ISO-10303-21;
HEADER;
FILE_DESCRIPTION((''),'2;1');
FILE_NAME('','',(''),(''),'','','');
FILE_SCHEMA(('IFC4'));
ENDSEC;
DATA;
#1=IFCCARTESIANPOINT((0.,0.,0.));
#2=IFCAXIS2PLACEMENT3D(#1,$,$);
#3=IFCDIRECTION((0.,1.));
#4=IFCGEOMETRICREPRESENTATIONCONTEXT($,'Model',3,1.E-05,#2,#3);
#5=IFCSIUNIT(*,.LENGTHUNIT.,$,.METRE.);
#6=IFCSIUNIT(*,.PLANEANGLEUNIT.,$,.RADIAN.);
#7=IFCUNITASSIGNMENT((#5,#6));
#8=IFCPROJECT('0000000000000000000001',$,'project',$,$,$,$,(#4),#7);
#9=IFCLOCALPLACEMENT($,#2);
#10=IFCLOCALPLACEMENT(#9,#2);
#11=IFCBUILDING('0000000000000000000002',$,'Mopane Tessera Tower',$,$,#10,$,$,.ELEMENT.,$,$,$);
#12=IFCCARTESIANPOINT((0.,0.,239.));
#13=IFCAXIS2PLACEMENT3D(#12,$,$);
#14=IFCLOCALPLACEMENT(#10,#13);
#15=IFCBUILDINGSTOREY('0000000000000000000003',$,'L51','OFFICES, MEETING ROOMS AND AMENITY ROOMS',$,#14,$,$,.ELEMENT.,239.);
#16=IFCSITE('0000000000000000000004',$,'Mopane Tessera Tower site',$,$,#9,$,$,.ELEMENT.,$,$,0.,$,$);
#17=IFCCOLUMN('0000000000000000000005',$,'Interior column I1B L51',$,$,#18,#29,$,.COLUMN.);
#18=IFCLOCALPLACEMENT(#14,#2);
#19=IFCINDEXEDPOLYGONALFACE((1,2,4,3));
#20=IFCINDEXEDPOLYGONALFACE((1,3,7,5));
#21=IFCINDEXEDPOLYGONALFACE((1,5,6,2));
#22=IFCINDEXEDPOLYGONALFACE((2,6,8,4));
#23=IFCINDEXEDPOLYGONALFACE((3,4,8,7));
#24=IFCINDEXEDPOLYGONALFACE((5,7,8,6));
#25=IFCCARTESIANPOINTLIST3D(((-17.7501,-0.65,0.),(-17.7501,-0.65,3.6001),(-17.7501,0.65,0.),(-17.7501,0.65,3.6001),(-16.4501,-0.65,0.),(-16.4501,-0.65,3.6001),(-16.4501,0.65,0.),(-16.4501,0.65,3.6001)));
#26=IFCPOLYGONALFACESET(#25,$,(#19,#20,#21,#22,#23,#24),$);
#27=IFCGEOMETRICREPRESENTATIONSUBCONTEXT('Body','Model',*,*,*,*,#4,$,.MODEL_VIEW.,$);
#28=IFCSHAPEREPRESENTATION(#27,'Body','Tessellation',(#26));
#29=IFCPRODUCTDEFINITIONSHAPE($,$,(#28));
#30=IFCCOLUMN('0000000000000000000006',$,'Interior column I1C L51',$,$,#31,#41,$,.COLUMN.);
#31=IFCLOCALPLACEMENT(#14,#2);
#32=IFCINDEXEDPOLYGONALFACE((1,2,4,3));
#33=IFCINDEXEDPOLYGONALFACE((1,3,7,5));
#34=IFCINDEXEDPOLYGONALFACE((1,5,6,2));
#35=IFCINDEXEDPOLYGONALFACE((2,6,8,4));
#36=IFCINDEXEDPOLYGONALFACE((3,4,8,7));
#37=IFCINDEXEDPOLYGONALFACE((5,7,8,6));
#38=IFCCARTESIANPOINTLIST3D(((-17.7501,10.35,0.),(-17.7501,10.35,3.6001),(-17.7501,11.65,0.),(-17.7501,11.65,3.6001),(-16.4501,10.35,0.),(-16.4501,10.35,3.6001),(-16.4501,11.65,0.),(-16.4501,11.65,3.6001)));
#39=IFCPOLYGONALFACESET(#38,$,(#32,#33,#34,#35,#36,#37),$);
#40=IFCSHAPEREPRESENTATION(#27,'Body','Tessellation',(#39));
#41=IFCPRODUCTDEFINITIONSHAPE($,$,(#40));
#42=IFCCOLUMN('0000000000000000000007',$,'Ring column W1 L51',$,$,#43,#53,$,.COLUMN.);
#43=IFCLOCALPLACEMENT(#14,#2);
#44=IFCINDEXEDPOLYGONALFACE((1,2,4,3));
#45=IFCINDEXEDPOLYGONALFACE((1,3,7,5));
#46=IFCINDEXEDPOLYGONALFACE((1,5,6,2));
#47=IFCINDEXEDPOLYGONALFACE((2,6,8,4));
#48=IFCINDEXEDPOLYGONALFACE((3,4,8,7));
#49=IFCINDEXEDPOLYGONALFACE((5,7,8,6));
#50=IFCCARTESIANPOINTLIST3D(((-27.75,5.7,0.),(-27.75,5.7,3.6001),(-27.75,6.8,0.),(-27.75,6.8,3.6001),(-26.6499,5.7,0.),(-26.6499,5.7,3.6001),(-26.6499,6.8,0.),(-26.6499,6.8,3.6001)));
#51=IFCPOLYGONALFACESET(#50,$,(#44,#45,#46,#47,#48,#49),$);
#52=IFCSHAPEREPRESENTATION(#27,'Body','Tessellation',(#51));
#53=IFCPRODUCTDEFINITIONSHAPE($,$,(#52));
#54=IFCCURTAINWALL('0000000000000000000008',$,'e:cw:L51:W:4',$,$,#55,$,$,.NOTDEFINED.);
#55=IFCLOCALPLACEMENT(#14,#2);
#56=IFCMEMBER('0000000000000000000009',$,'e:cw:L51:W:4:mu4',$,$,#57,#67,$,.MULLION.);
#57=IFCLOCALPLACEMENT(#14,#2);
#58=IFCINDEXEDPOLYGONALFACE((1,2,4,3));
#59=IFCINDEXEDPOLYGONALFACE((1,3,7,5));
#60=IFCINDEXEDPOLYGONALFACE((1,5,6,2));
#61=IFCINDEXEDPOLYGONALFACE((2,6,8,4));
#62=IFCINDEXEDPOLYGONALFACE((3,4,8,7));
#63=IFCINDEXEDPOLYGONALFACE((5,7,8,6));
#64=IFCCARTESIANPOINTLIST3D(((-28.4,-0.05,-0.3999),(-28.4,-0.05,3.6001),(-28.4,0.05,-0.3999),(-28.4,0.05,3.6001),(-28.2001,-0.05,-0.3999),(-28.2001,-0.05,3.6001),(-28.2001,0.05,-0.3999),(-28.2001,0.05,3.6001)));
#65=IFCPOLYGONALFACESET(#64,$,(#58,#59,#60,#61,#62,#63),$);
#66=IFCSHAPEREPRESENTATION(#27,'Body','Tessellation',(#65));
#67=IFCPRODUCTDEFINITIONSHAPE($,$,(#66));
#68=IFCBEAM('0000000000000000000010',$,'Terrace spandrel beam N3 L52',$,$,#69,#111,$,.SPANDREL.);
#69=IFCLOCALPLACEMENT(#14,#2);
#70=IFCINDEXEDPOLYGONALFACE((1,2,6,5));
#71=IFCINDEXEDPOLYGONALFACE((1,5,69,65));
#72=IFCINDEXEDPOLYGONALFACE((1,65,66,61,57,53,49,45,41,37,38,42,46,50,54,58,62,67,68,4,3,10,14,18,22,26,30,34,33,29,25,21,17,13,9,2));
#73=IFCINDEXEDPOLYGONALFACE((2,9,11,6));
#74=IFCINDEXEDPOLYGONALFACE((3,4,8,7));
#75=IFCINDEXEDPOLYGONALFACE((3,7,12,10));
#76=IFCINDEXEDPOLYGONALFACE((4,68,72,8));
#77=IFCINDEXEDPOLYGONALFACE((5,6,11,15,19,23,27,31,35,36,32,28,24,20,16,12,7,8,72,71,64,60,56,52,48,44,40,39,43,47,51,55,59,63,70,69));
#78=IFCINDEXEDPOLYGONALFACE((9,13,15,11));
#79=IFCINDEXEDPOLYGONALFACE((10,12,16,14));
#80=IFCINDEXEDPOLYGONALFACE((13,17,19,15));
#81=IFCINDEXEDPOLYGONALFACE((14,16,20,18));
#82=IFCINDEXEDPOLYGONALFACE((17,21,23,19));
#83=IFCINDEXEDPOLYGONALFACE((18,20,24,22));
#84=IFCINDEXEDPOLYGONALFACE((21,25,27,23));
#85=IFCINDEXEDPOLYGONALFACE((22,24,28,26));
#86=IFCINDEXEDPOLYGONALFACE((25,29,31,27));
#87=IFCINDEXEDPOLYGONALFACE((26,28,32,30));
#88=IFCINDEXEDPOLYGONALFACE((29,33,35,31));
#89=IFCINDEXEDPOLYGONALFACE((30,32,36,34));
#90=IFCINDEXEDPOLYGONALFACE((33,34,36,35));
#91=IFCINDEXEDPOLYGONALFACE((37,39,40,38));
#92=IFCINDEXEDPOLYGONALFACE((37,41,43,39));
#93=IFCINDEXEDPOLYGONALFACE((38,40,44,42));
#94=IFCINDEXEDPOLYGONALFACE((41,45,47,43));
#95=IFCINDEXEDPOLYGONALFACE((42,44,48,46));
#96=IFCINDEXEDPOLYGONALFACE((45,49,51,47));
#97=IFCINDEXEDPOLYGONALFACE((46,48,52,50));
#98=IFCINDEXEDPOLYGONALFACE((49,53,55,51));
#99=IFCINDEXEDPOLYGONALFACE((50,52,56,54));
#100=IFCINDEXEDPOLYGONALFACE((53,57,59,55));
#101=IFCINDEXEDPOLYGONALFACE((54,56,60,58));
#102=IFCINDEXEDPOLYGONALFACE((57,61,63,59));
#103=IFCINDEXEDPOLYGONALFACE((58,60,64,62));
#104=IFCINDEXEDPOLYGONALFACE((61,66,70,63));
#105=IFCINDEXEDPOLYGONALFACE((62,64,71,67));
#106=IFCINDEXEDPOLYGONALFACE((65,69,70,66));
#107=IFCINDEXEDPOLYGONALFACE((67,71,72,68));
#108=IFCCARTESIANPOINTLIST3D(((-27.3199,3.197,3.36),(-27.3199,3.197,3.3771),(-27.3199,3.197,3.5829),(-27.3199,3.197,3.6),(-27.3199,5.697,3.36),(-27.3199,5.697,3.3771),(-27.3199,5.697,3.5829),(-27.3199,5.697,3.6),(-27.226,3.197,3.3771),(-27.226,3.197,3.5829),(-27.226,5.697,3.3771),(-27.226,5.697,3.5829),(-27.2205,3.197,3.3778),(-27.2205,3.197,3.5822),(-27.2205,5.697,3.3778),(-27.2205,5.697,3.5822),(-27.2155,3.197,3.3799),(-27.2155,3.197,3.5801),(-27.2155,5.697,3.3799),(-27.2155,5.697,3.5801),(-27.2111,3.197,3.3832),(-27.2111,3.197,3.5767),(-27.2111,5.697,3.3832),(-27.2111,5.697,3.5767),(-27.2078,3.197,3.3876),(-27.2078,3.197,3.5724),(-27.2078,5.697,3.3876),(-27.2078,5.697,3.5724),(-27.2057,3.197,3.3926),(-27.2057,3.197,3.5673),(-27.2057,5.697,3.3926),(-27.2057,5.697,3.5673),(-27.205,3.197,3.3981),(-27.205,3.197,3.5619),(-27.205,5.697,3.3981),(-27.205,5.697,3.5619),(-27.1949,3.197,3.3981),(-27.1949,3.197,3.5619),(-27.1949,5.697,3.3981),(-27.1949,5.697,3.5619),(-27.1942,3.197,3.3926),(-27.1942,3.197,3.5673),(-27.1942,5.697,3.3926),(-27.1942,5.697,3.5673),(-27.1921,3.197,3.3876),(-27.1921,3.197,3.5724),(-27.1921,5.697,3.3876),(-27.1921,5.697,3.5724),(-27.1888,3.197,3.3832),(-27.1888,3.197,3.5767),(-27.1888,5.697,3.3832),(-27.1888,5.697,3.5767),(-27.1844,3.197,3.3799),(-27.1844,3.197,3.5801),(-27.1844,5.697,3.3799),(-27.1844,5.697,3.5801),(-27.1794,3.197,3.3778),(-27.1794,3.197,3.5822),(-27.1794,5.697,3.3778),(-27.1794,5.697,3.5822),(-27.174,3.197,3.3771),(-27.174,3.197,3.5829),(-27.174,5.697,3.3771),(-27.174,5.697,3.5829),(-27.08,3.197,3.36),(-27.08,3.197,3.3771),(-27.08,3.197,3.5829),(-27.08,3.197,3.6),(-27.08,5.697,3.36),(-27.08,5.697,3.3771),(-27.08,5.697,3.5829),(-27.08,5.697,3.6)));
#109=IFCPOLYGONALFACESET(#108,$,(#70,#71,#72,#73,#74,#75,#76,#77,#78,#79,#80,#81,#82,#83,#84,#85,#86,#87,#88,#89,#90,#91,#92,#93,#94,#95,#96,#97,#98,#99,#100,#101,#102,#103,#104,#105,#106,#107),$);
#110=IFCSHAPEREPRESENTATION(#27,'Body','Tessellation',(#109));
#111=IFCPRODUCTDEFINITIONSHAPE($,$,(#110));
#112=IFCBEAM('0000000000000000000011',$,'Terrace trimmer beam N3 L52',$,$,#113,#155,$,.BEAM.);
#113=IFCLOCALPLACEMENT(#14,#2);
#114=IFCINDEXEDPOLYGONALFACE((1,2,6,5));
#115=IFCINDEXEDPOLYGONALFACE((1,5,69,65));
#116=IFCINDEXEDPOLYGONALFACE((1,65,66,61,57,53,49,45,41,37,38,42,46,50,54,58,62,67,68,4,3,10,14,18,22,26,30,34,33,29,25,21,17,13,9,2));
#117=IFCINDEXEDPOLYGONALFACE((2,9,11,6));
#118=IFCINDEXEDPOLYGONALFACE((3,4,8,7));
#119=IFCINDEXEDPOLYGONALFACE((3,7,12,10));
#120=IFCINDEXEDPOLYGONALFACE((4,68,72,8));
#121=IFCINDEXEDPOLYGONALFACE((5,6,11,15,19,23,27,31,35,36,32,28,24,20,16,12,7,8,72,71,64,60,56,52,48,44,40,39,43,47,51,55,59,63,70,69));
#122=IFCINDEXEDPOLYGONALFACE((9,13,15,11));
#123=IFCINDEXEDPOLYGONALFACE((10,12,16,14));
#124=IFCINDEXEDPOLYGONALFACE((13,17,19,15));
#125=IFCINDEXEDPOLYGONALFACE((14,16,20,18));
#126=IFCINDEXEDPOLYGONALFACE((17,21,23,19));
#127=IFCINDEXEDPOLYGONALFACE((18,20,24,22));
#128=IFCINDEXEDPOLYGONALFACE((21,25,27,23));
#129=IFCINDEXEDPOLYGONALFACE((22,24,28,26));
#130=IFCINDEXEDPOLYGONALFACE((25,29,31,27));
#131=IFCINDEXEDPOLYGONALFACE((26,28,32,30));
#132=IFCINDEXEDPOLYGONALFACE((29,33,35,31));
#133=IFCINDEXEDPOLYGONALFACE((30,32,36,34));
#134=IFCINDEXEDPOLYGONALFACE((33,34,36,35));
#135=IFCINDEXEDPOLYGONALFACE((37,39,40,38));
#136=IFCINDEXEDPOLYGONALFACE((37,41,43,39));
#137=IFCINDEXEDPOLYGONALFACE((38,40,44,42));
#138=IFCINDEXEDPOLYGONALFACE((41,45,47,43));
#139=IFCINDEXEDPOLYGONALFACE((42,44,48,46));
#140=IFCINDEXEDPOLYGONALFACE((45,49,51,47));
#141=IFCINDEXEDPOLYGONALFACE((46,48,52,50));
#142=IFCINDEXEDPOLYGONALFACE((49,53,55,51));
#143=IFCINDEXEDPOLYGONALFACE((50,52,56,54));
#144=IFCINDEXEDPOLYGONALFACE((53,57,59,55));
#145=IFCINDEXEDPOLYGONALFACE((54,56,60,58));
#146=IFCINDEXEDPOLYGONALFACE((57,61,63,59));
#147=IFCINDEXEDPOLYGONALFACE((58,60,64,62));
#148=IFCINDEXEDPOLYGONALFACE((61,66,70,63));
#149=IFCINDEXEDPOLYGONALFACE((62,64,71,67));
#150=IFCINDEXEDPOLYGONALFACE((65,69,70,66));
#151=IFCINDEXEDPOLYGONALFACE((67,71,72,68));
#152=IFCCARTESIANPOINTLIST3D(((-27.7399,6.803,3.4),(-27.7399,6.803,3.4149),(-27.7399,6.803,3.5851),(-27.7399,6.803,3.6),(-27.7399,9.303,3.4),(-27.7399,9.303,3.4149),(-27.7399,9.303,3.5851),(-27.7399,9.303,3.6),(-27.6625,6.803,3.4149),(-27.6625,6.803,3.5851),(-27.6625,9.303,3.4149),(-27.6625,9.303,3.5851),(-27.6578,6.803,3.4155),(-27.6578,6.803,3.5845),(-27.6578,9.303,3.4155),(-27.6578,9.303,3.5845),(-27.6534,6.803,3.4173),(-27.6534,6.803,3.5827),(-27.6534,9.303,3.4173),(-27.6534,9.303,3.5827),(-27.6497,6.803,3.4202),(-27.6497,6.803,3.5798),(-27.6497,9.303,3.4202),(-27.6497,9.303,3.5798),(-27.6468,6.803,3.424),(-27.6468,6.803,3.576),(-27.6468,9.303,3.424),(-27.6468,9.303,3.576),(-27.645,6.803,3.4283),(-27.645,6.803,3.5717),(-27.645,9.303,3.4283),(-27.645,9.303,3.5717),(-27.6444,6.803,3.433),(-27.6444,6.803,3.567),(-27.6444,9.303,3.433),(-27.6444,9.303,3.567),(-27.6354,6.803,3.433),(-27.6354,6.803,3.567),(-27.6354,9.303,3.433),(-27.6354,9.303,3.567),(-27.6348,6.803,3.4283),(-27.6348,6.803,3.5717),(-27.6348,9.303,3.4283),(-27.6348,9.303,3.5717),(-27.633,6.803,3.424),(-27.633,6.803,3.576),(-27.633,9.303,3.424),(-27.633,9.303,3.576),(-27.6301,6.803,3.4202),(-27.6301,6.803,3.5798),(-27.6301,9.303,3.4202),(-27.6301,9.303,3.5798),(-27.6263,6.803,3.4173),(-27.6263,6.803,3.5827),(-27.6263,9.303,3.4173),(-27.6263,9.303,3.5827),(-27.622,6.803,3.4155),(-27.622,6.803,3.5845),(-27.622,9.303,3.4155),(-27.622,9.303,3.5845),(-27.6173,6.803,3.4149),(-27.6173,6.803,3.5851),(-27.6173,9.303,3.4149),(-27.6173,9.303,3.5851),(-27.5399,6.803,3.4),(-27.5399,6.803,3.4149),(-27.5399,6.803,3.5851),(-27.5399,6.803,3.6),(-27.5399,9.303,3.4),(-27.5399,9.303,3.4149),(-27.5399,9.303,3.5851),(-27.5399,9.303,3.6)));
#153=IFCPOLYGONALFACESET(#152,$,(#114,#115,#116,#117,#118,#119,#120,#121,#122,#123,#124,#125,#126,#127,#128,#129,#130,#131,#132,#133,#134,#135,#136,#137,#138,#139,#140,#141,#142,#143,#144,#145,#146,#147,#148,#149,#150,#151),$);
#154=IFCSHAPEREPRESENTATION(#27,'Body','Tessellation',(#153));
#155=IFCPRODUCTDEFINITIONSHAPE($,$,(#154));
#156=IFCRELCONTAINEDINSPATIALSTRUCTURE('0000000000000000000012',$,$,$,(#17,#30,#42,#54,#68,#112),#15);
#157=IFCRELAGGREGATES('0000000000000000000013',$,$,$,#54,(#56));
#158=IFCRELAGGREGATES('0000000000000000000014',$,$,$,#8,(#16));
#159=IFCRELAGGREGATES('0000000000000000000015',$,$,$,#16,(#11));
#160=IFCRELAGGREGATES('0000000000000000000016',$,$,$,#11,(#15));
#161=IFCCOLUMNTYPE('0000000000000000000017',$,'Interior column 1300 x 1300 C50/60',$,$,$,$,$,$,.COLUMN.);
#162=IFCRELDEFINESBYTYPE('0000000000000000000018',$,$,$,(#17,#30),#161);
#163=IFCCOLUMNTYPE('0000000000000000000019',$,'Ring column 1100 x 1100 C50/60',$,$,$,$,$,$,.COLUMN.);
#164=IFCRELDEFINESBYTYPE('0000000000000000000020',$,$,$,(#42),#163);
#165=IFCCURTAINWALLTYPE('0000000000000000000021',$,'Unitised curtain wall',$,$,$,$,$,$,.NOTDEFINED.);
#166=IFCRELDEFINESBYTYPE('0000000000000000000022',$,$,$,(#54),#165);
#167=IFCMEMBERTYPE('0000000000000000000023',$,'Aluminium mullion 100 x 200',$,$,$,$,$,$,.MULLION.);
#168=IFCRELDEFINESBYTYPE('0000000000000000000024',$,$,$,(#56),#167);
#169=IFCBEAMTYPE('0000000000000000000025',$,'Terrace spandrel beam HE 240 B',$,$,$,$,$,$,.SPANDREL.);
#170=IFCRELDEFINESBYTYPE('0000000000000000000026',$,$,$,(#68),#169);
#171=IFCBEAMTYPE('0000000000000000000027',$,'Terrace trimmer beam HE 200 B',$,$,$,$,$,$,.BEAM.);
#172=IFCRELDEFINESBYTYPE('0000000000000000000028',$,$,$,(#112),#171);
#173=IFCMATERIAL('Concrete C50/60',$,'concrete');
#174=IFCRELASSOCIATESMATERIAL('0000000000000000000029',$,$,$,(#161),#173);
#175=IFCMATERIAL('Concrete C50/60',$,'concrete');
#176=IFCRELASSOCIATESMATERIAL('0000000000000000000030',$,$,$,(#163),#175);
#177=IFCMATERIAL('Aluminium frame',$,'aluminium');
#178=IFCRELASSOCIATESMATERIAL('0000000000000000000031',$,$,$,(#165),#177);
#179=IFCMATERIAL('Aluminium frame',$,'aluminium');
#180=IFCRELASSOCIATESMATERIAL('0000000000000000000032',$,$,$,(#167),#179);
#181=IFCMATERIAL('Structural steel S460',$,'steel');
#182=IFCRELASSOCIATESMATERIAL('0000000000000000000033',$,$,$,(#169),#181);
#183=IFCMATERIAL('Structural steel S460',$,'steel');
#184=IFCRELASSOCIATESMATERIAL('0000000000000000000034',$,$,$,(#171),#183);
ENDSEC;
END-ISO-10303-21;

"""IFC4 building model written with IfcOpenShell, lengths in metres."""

from ifc_helpers import new_model, si_unit, direction, frame, origin, origin_2d, place, context, subcontext, project, spatial, rectangle, i_section, extrude, material, material_profile, profile_set, type_object, element, aggregate, save


model = new_model("IFC4")

# Units and contexts
model_context = context("Model", 3, precision=1e-05, world=origin(), true_north=direction((0.0, 1.0)))
body_context = subcontext(model_context, "Body", "Model", "MODEL_VIEW")
ifc_project = project(units=[si_unit("LENGTHUNIT", "METRE"), si_unit("PLANEANGLEUNIT", "RADIAN")], contexts=[model_context])

# Site, building, storey
site_placement = place(None, origin())
site = spatial("IfcSite", under=ifc_project, at=site_placement, Name="Mopane Tessera Tower site", CompositionType="ELEMENT", RefElevation=0.0)
building_placement = place(site_placement, origin())
building = spatial("IfcBuilding", under=site, at=building_placement, Name="Mopane Tessera Tower", CompositionType="ELEMENT")
storey_placement = place(building_placement, frame((0.0, 0.0, 239.0)))
storey = spatial("IfcBuildingStorey", under=building, at=storey_placement, Name="L51", Description="OFFICES, MEETING ROOMS AND AMENITY ROOMS", CompositionType="ELEMENT", Elevation=239.0)

# Columns
ifc_material_1 = material(Name="Concrete C50/60", Category="concrete")
ifc_material_profile_1 = material_profile(ifc_material_1, rectangle(XDim=1.3, YDim=1.3, at=origin_2d()))
ifc_profile_set_1 = profile_set([ifc_material_profile_1], Name="Concrete C50/60")
column_type_1 = type_object("IfcColumnType", Name="Interior column 1300 x 1300 C50/60", PredefinedType="COLUMN", material=ifc_profile_set_1)
for number, where, z_axis, x_axis, name in (
    (1, (-17.1001, 0.0, 0.0), (0.0, 0.0, 1.0), (1.0, 0.0, 0.0), "Interior column I1B L51"),
    (2, (-17.1001, 11.0, 0.0), (0.0, 0.0, 1.0), (1.0, 0.0, 0.0), "Interior column I1C L51"),
):
    element("IfcColumn", number, at=place(storey_placement, frame(where, z_axis=z_axis, x_axis=x_axis)), inside=storey, type_object=column_type_1, Name=name, PredefinedType="COLUMN", context=body_context, shape_type="SweptSolid", body=[
        extrude(rectangle(XDim=1.3, YDim=1.3, at=origin_2d()), origin(), (0.0, 0.0, 1.0), 3.6001),
    ])
ifc_material_2 = material(Name="Concrete C50/60", Category="concrete")
ifc_material_profile_2 = material_profile(ifc_material_2, rectangle(XDim=1.1001, YDim=1.1001, at=origin_2d()))
ifc_profile_set_2 = profile_set([ifc_material_profile_2], Name="Concrete C50/60")
column_type_2 = type_object("IfcColumnType", Name="Ring column 1100 x 1100 C50/60", PredefinedType="COLUMN", material=ifc_profile_set_2)
column_placement = place(storey_placement, frame((-27.2, 6.25, 0.0), z_axis=(0.0, 0.0, 1.0), x_axis=(1.0, 0.0, 0.0)))
element("IfcColumn", 3, at=column_placement, inside=storey, type_object=column_type_2, Name="Ring column W1 L51", PredefinedType="COLUMN", context=body_context, shape_type="SweptSolid", body=[
    extrude(rectangle(XDim=1.1001, YDim=1.1001, at=origin_2d()), origin(), (0.0, 0.0, 1.0), 3.6001),
])

# Curtain wall, member
ifc_material_3 = material(Name="Aluminium frame", Category="aluminium")
curtain_wall_type = type_object("IfcCurtainWallType", Name="Unitised curtain wall", PredefinedType="NOTDEFINED", material=ifc_material_3)
curtain_wall_placement = place(storey_placement, origin())
curtain_wall = element("IfcCurtainWall", 4, at=curtain_wall_placement, inside=storey, type_object=curtain_wall_type, Name="e:cw:L51:W:4", PredefinedType="NOTDEFINED")
ifc_material_4 = material(Name="Aluminium frame", Category="aluminium")
ifc_material_profile_3 = material_profile(ifc_material_4, rectangle(XDim=0.1001, YDim=0.2, at=origin_2d()))
ifc_profile_set_3 = profile_set([ifc_material_profile_3], Name="Aluminium frame")
member_type = type_object("IfcMemberType", Name="Aluminium mullion 100 x 200", PredefinedType="MULLION", material=ifc_profile_set_3)
member_placement = place(storey_placement, frame((-28.3, 0.0, -0.3999), z_axis=(0.0, 0.0, 1.0), x_axis=(0.0, -1.0, 0.0)))
member = element("IfcMember", 5, at=member_placement, type_object=member_type, Name="e:cw:L51:W:4:mu4", PredefinedType="MULLION", context=body_context, shape_type="SweptSolid", body=[
    extrude(rectangle(XDim=0.1001, YDim=0.2, at=origin_2d()), origin(), (0.0, 0.0, 1.0), 4.0),
])
aggregate(curtain_wall, [member])

# Beams
ifc_material_5 = material(Name="Structural steel S460", Category="steel")
ifc_material_profile_4 = material_profile(ifc_material_5, i_section(OverallWidth=0.24, OverallDepth=0.24, WebThickness=0.01, FlangeThickness=0.0171, FilletRadius=0.021, at=origin_2d()))
ifc_profile_set_4 = profile_set([ifc_material_profile_4], Name="Structural steel S460")
beam_type_1 = type_object("IfcBeamType", Name="Terrace spandrel beam HE 240 B", PredefinedType="SPANDREL", material=ifc_profile_set_4)
beam_1_placement = place(storey_placement, frame((-27.2, 5.697, 3.48), z_axis=(0.0, -1.0, 0.0), x_axis=(1.0, 0.0, 0.0)))
element("IfcBeam", 6, at=beam_1_placement, inside=storey, type_object=beam_type_1, Name="Terrace spandrel beam N3 L52", PredefinedType="SPANDREL", context=body_context, shape_type="SweptSolid", body=[
    extrude(i_section(OverallWidth=0.24, OverallDepth=0.24, WebThickness=0.01, FlangeThickness=0.0171, FilletRadius=0.021, at=origin_2d()), origin(), (0.0, 0.0, 1.0), 2.5),
])
ifc_material_6 = material(Name="Structural steel S460", Category="steel")
ifc_material_profile_5 = material_profile(ifc_material_6, i_section(OverallWidth=0.2, OverallDepth=0.2, WebThickness=0.009, FlangeThickness=0.0149, FilletRadius=0.0181, at=origin_2d()))
ifc_profile_set_5 = profile_set([ifc_material_profile_5], Name="Structural steel S460")
beam_type_2 = type_object("IfcBeamType", Name="Terrace trimmer beam HE 200 B", PredefinedType="BEAM", material=ifc_profile_set_5)
beam_2_placement = place(storey_placement, frame((-27.6399, 6.803, 3.5), z_axis=(0.0, 1.0, 0.0), x_axis=(-1.0, 0.0, 0.0)))
element("IfcBeam", 7, at=beam_2_placement, inside=storey, type_object=beam_type_2, Name="Terrace trimmer beam N3 L52", PredefinedType="BEAM", context=body_context, shape_type="SweptSolid", body=[
    extrude(i_section(OverallWidth=0.2, OverallDepth=0.2, WebThickness=0.009, FlangeThickness=0.0149, FilletRadius=0.0181, at=origin_2d()), origin(), (0.0, 0.0, 1.0), 2.5),
])

save(model, "model.ifc")
